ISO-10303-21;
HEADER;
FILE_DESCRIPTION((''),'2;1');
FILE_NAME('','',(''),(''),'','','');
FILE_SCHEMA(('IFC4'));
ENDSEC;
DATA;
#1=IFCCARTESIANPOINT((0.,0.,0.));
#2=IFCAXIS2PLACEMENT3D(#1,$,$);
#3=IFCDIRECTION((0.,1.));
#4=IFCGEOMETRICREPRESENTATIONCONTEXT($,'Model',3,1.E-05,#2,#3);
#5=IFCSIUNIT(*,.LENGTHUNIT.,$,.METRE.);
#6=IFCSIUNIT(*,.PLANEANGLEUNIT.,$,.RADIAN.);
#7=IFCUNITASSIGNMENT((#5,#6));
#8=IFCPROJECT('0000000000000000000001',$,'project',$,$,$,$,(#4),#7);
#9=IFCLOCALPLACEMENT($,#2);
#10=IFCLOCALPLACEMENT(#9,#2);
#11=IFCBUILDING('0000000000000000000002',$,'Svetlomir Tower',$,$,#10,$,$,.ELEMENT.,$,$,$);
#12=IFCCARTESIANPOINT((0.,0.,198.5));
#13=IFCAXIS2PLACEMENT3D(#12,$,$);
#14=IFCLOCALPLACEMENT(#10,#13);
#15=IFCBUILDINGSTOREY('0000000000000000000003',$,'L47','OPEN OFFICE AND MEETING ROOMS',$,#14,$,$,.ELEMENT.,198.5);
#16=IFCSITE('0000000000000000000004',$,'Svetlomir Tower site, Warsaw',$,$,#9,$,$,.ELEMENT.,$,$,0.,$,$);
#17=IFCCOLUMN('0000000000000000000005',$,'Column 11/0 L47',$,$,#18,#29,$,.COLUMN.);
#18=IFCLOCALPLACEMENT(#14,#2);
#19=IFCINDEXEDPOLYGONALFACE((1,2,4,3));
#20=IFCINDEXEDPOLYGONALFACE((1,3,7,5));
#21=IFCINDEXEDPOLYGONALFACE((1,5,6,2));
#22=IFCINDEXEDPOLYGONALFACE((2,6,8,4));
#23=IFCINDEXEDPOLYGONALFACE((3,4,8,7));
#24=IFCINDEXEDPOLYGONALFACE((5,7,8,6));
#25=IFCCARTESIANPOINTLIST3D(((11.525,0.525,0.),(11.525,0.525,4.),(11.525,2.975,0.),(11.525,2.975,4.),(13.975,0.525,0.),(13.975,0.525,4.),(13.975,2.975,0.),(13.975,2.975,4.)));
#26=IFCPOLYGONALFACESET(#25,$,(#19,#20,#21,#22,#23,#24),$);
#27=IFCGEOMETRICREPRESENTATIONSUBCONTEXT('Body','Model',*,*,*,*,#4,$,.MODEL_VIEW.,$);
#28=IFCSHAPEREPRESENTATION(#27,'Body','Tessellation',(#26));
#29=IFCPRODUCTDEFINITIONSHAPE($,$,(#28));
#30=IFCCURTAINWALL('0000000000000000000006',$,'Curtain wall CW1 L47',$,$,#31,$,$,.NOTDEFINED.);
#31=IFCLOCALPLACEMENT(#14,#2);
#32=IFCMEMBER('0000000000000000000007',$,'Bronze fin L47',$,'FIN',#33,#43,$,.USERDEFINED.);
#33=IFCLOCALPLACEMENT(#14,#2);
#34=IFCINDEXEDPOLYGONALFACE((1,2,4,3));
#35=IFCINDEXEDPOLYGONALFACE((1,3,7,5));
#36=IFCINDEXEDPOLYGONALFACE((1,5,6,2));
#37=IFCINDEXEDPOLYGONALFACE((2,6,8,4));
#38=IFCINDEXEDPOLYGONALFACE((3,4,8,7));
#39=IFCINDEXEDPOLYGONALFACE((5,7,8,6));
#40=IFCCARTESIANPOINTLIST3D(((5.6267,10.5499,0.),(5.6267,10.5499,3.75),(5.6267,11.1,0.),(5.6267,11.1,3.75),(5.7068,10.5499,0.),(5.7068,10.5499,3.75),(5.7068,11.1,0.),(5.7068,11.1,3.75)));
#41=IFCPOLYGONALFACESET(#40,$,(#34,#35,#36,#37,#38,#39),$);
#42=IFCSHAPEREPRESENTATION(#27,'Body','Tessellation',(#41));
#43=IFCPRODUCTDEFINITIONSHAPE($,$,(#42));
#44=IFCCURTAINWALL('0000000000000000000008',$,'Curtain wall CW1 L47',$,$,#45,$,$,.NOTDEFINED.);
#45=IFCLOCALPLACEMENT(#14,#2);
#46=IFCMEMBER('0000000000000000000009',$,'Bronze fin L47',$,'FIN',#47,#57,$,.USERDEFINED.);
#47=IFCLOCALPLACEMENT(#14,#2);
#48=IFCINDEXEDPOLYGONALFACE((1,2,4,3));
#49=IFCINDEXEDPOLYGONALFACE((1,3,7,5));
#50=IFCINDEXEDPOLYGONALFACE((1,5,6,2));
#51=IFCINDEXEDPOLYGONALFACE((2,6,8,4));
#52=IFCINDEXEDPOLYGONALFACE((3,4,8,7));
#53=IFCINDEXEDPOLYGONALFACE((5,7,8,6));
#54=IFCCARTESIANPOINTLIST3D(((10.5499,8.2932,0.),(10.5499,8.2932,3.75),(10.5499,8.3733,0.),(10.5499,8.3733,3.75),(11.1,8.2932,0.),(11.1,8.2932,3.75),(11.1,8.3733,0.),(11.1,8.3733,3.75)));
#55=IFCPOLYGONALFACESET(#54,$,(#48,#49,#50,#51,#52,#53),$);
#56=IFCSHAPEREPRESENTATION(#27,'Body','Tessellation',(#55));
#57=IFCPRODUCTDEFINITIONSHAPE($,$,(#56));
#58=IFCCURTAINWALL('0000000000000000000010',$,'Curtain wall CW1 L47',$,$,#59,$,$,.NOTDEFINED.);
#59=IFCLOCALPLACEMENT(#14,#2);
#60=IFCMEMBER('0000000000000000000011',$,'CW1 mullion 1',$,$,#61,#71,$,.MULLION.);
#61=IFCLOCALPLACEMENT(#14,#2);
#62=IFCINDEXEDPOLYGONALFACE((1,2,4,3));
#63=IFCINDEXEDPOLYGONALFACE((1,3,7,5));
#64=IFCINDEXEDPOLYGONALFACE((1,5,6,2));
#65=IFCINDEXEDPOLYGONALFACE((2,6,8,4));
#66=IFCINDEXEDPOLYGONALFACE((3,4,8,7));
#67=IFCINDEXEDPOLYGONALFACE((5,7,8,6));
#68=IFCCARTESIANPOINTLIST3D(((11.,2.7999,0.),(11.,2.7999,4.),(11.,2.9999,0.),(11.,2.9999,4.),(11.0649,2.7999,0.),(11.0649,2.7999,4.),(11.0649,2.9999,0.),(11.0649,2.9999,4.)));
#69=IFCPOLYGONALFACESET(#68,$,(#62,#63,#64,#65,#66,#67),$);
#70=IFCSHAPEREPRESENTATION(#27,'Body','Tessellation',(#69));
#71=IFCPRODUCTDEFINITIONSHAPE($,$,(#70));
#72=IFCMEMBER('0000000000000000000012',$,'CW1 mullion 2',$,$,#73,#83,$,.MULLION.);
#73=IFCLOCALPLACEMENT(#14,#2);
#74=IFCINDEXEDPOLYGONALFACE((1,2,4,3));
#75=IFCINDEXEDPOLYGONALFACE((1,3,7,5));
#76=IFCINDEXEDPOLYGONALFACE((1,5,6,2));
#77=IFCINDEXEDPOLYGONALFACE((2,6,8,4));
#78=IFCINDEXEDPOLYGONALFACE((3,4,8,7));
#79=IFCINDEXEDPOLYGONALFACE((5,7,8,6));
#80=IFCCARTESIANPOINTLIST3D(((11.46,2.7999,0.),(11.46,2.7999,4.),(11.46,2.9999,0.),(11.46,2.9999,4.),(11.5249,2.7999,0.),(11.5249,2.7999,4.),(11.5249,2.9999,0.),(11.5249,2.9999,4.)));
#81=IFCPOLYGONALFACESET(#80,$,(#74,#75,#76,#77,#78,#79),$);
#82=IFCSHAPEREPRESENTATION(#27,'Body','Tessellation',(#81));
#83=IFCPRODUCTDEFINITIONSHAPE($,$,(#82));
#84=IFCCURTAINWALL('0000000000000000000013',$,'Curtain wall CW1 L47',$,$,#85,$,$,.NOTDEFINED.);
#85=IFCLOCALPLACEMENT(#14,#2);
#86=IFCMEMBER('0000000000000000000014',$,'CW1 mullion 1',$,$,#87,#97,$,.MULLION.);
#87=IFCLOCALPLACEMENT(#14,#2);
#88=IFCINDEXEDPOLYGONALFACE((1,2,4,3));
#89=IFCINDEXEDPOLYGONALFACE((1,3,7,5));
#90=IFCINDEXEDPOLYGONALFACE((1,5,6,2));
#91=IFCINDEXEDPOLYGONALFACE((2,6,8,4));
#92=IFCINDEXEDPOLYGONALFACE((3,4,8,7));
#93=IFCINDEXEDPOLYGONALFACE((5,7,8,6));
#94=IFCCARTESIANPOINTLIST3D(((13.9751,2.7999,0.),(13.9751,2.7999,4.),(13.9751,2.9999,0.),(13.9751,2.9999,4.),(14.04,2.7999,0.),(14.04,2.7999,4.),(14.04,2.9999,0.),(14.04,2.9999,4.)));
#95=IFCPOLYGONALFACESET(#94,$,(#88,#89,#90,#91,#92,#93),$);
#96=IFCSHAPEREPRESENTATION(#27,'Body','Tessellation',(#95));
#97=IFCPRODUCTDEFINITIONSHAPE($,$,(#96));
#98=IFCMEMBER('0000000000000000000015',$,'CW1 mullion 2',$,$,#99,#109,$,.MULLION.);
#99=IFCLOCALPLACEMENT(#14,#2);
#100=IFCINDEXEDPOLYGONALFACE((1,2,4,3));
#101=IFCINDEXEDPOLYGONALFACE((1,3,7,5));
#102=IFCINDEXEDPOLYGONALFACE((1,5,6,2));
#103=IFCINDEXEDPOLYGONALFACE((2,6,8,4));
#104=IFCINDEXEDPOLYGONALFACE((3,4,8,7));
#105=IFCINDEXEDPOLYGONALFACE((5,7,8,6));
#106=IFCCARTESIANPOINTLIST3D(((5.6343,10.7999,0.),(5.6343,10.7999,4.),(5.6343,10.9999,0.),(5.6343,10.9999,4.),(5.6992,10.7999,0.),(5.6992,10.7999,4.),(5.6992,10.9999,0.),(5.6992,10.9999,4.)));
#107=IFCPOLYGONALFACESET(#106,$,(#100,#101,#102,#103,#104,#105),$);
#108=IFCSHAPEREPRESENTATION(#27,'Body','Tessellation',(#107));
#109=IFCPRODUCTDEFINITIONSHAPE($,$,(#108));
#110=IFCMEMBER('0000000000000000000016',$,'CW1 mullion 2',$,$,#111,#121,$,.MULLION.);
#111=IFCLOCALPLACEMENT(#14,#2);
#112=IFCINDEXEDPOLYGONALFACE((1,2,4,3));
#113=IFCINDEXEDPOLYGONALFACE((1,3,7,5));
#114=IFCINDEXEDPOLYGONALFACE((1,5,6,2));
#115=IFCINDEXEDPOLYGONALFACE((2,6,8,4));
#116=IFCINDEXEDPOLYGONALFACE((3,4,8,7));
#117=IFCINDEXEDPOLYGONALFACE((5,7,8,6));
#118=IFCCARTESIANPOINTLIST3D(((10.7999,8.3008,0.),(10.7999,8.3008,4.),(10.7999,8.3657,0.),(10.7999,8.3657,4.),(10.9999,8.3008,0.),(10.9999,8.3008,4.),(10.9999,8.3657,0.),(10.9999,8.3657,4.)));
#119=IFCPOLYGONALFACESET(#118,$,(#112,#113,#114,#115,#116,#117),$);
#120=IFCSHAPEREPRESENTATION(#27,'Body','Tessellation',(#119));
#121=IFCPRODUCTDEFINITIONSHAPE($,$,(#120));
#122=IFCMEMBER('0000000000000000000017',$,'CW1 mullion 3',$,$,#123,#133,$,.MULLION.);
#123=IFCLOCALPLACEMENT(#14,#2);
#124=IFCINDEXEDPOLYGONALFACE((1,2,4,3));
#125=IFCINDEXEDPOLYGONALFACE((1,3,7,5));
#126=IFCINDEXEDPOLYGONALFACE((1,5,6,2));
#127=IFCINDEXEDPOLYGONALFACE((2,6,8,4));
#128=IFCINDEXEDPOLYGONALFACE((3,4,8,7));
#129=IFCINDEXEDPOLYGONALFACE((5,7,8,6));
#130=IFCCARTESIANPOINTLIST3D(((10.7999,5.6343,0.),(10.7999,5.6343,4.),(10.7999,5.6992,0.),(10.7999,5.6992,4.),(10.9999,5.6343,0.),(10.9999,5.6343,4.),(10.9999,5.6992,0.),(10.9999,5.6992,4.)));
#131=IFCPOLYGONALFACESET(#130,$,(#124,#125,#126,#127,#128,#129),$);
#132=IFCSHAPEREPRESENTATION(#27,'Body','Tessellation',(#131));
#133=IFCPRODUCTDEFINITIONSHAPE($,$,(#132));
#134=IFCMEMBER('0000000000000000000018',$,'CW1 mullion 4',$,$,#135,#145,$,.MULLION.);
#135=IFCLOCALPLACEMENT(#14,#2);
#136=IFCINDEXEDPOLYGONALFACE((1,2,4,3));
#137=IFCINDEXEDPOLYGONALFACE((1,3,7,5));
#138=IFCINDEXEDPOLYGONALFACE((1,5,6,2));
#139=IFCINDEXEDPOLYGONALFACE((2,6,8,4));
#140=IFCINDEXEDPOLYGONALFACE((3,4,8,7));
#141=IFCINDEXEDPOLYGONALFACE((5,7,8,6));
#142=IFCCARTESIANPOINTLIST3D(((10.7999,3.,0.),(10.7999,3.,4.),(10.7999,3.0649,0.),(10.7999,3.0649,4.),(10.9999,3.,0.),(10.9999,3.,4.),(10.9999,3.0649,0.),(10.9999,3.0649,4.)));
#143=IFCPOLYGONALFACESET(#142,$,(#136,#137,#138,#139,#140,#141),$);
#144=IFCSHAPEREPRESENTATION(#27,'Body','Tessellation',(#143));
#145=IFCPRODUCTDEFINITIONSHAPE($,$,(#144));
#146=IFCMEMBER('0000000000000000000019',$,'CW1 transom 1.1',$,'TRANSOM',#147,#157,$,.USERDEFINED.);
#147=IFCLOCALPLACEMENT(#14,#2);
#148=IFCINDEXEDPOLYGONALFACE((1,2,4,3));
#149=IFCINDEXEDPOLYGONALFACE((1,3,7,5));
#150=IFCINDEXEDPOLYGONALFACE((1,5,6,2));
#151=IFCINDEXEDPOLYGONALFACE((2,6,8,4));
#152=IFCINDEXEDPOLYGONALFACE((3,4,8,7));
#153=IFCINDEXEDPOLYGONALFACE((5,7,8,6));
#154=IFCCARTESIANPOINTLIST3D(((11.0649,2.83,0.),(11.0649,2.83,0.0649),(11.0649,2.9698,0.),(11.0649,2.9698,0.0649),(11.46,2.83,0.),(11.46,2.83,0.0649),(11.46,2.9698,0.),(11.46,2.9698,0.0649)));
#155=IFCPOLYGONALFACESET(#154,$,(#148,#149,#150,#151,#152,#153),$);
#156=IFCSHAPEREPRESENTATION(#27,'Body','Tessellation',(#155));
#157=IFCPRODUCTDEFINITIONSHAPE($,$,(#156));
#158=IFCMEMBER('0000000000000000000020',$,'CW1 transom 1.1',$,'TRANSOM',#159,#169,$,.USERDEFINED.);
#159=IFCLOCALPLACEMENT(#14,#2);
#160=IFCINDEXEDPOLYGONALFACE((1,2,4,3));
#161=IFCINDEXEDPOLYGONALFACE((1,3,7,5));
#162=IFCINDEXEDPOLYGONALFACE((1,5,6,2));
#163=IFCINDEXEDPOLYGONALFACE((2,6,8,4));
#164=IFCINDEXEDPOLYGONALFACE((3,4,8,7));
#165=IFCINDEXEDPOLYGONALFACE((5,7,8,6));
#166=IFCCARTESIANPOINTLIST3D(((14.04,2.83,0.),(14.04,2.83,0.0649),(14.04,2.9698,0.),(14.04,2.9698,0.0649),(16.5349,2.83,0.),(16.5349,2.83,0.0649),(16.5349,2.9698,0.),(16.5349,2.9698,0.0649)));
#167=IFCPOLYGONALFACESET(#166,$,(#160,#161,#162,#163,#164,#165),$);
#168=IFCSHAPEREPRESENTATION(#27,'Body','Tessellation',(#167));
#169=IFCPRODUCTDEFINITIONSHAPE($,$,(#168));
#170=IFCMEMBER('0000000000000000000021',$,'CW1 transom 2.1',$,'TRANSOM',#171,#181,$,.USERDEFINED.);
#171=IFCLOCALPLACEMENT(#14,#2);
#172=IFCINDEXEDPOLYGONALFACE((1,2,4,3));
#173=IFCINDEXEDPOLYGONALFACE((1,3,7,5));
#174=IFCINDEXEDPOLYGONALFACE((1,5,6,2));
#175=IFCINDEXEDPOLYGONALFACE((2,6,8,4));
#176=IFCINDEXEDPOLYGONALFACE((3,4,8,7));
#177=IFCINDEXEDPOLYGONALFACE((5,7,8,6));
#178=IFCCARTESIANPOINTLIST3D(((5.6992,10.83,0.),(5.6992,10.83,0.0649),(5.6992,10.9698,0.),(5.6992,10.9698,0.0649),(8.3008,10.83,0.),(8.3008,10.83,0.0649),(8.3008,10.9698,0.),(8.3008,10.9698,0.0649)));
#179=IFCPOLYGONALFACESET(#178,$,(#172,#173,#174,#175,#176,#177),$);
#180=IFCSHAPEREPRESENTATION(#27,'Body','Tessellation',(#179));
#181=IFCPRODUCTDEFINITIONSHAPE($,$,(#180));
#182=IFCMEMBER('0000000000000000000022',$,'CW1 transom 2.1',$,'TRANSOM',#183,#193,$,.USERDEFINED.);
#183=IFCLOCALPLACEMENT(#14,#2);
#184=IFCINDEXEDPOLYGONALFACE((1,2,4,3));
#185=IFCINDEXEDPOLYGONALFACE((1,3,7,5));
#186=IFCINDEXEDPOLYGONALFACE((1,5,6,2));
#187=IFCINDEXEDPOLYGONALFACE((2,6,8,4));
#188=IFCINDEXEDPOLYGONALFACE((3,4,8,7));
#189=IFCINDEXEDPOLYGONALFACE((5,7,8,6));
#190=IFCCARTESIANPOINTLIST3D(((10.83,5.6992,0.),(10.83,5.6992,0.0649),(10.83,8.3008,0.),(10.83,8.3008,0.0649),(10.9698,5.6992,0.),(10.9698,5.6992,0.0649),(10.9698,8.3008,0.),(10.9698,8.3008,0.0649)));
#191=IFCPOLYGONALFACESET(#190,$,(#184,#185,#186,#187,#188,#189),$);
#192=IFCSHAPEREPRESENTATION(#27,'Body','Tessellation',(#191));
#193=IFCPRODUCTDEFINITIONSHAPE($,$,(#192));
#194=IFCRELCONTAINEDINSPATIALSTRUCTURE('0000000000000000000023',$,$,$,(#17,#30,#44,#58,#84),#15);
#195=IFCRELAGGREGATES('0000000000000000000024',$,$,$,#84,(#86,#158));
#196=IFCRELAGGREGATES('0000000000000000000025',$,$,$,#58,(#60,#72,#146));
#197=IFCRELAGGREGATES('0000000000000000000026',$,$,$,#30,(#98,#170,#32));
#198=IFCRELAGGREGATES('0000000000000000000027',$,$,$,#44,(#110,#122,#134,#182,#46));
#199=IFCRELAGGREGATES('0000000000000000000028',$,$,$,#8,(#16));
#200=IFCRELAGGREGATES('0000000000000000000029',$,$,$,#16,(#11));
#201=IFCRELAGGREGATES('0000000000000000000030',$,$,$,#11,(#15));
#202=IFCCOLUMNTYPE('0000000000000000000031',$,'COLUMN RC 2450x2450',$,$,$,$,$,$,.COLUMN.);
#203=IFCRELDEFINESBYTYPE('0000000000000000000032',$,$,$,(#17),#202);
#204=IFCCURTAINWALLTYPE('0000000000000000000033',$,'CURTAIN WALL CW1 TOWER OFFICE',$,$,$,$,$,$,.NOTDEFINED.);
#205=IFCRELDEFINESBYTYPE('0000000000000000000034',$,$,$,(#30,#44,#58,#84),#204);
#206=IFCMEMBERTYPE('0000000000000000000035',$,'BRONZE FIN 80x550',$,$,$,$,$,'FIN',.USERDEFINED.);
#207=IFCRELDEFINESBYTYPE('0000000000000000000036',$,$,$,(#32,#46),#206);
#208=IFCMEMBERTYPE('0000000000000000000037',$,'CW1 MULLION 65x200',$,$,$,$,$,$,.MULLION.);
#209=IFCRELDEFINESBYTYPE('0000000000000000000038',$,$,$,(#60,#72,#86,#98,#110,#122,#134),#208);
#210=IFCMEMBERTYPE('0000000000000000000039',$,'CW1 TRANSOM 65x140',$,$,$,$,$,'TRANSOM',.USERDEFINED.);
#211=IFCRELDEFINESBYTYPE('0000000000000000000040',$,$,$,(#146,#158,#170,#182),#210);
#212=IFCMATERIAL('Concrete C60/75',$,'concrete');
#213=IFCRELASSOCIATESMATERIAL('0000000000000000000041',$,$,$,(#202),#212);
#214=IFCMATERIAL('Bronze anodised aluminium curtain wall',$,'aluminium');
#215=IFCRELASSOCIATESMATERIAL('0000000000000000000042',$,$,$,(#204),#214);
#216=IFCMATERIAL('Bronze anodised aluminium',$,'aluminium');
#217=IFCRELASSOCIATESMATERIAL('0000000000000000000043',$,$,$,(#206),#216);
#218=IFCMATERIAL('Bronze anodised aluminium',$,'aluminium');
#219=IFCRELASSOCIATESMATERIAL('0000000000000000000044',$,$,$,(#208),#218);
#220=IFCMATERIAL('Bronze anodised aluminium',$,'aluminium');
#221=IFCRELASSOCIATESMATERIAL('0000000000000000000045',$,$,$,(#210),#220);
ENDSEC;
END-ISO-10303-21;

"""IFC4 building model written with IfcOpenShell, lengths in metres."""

from ifc_helpers import new_model, si_unit, direction, frame, origin, origin_2d, place, context, subcontext, project, spatial, rectangle, extrude, material, material_profile, profile_set, type_object, element, aggregate, save


model = new_model("IFC4")

# Units and contexts
model_context = context("Model", 3, precision=1e-05, world=origin(), true_north=direction((0.0, 1.0)))
body_context = subcontext(model_context, "Body", "Model", "MODEL_VIEW")
ifc_project = project(units=[si_unit("LENGTHUNIT", "METRE"), si_unit("PLANEANGLEUNIT", "RADIAN")], contexts=[model_context])

# Site, building, storey
site_placement = place(None, origin())
site = spatial("IfcSite", under=ifc_project, at=site_placement, Name="Svetlomir Tower site, Warsaw", CompositionType="ELEMENT", RefElevation=0.0)
building_placement = place(site_placement, origin())
building = spatial("IfcBuilding", under=site, at=building_placement, Name="Svetlomir Tower", CompositionType="ELEMENT")
storey_placement = place(building_placement, frame((0.0, 0.0, 198.5)))
storey = spatial("IfcBuildingStorey", under=building, at=storey_placement, Name="L47", Description="OPEN OFFICE AND MEETING ROOMS", CompositionType="ELEMENT", Elevation=198.5)

# Column
ifc_material_1 = material(Name="Concrete C60/75", Category="concrete")
ifc_material_profile_1 = material_profile(ifc_material_1, rectangle(XDim=2.45, YDim=2.45, at=origin_2d()), Name="RC 2450x2450")
ifc_profile_set_1 = profile_set([ifc_material_profile_1], Name="Concrete C60/75")
column_type = type_object("IfcColumnType", Name="COLUMN RC 2450x2450", PredefinedType="COLUMN", material=ifc_profile_set_1)
column_placement = place(storey_placement, frame((12.75, 1.75, 0.0), z_axis=(0.0, 0.0, 1.0), x_axis=(1.0, 0.0, 0.0)))
element("IfcColumn", 1, at=column_placement, inside=storey, type_object=column_type, Name="Column 11/0 L47", PredefinedType="COLUMN", context=body_context, shape_type="SweptSolid", body=[
    extrude(rectangle(XDim=2.45, YDim=2.45, at=origin_2d()), origin(), (0.0, 0.0, 1.0), 4.0),
])

# Curtain walls, members
ifc_material_2 = material(Name="Bronze anodised aluminium curtain wall", Category="aluminium")
curtain_wall_type = type_object("IfcCurtainWallType", Name="CURTAIN WALL CW1 TOWER OFFICE", PredefinedType="NOTDEFINED", material=ifc_material_2)
curtain_wall_1_placement = place(storey_placement, origin())
curtain_wall_1 = element("IfcCurtainWall", 2, at=curtain_wall_1_placement, inside=storey, type_object=curtain_wall_type, Name="Curtain wall CW1 L47", PredefinedType="NOTDEFINED")
ifc_material_3 = material(Name="Bronze anodised aluminium", Category="aluminium")
ifc_material_profile_2 = material_profile(ifc_material_3, rectangle(XDim=0.0801, YDim=0.55, at=origin_2d()), Name="FIN 80x550")
ifc_profile_set_2 = profile_set([ifc_material_profile_2], Name="Bronze anodised aluminium 6063-T6")
member_type_1 = type_object("IfcMemberType", Name="BRONZE FIN 80x550", ElementType="FIN", PredefinedType="USERDEFINED", material=ifc_profile_set_2)
member_1_placement = place(storey_placement, frame((5.6667, 10.825, 0.0), z_axis=(0.0, 0.0, 1.0), x_axis=(1.0, 0.0, 0.0)))
member_1 = element("IfcMember", 3, at=member_1_placement, type_object=member_type_1, Name="Bronze fin L47", ObjectType="FIN", PredefinedType="USERDEFINED", context=body_context, shape_type="SweptSolid", body=[
    extrude(rectangle(XDim=0.0801, YDim=0.55, at=origin_2d()), origin(), (0.0, 0.0, 1.0), 3.75),
])
curtain_wall_2_placement = place(storey_placement, origin())
curtain_wall_2 = element("IfcCurtainWall", 4, at=curtain_wall_2_placement, inside=storey, type_object=curtain_wall_type, Name="Curtain wall CW1 L47", PredefinedType="NOTDEFINED")
member_2_placement = place(storey_placement, frame((10.825, 8.3333, 0.0), z_axis=(0.0, 0.0, 1.0), x_axis=(0.0, 1.0, 0.0)))
member_2 = element("IfcMember", 5, at=member_2_placement, type_object=member_type_1, Name="Bronze fin L47", ObjectType="FIN", PredefinedType="USERDEFINED", context=body_context, shape_type="SweptSolid", body=[
    extrude(rectangle(XDim=0.0801, YDim=0.55, at=origin_2d()), origin(), (0.0, 0.0, 1.0), 3.75),
])

# Curtain wall, members
curtain_wall_3_placement = place(storey_placement, origin())
curtain_wall_3 = element("IfcCurtainWall", 6, at=curtain_wall_3_placement, inside=storey, type_object=curtain_wall_type, Name="Curtain wall CW1 L47", PredefinedType="NOTDEFINED")
ifc_material_4 = material(Name="Bronze anodised aluminium", Category="aluminium")
ifc_material_profile_3 = material_profile(ifc_material_4, rectangle(XDim=0.0649, YDim=0.2, at=origin_2d()), Name="AL 65x200")
ifc_profile_set_3 = profile_set([ifc_material_profile_3], Name="Bronze anodised aluminium 6063-T6")
member_type_2 = type_object("IfcMemberType", Name="CW1 MULLION 65x200", PredefinedType="MULLION", material=ifc_profile_set_3)
member_3_placement = place(storey_placement, frame((11.0325, 2.8999, 0.0), z_axis=(0.0, 0.0, 1.0), x_axis=(1.0, 0.0, 0.0)))
member_3 = element("IfcMember", 7, at=member_3_placement, type_object=member_type_2, Name="CW1 mullion 1", PredefinedType="MULLION", context=body_context, shape_type="SweptSolid", body=[
    extrude(rectangle(XDim=0.0649, YDim=0.2, at=origin_2d()), origin(), (0.0, 0.0, 1.0), 4.0),
])
member_4_placement = place(storey_placement, frame((11.4924, 2.8999, 0.0), z_axis=(0.0, 0.0, 1.0), x_axis=(1.0, 0.0, 0.0)))
member_4 = element("IfcMember", 8, at=member_4_placement, type_object=member_type_2, Name="CW1 mullion 2", PredefinedType="MULLION", context=body_context, shape_type="SweptSolid", body=[
    extrude(rectangle(XDim=0.0649, YDim=0.2, at=origin_2d()), origin(), (0.0, 0.0, 1.0), 4.0),
])

# Curtain wall, member
curtain_wall_4_placement = place(storey_placement, origin())
curtain_wall_4 = element("IfcCurtainWall", 9, at=curtain_wall_4_placement, inside=storey, type_object=curtain_wall_type, Name="Curtain wall CW1 L47", PredefinedType="NOTDEFINED")
member_5_placement = place(storey_placement, frame((14.0076, 2.8999, 0.0), z_axis=(0.0, 0.0, 1.0), x_axis=(1.0, 0.0, 0.0)))
member_5 = element("IfcMember", 10, at=member_5_placement, type_object=member_type_2, Name="CW1 mullion 1", PredefinedType="MULLION", context=body_context, shape_type="SweptSolid", body=[
    extrude(rectangle(XDim=0.0649, YDim=0.2, at=origin_2d()), origin(), (0.0, 0.0, 1.0), 4.0),
])

# Members
member_6_placement = place(storey_placement, frame((5.6667, 10.8999, 0.0), z_axis=(0.0, 0.0, 1.0), x_axis=(1.0, 0.0, 0.0)))
member_6 = element("IfcMember", 11, at=member_6_placement, type_object=member_type_2, Name="CW1 mullion 2", PredefinedType="MULLION", context=body_context, shape_type="SweptSolid", body=[
    extrude(rectangle(XDim=0.0649, YDim=0.2, at=origin_2d()), origin(), (0.0, 0.0, 1.0), 4.0),
])
member_7_placement = place(storey_placement, frame((10.8999, 8.3333, 0.0), z_axis=(0.0, 0.0, 1.0), x_axis=(0.0, -1.0, 0.0)))
member_7 = element("IfcMember", 12, at=member_7_placement, type_object=member_type_2, Name="CW1 mullion 2", PredefinedType="MULLION", context=body_context, shape_type="SweptSolid", body=[
    extrude(rectangle(XDim=0.0649, YDim=0.2, at=origin_2d()), origin(), (0.0, 0.0, 1.0), 4.0),
])
member_8_placement = place(storey_placement, frame((10.8999, 5.6667, 0.0), z_axis=(0.0, 0.0, 1.0), x_axis=(0.0, -1.0, 0.0)))
member_8 = element("IfcMember", 13, at=member_8_placement, type_object=member_type_2, Name="CW1 mullion 3", PredefinedType="MULLION", context=body_context, shape_type="SweptSolid", body=[
    extrude(rectangle(XDim=0.0649, YDim=0.2, at=origin_2d()), origin(), (0.0, 0.0, 1.0), 4.0),
])
member_9_placement = place(storey_placement, frame((10.8999, 3.0325, 0.0), z_axis=(0.0, 0.0, 1.0), x_axis=(0.0, -1.0, 0.0)))
member_9 = element("IfcMember", 14, at=member_9_placement, type_object=member_type_2, Name="CW1 mullion 4", PredefinedType="MULLION", context=body_context, shape_type="SweptSolid", body=[
    extrude(rectangle(XDim=0.0649, YDim=0.2, at=origin_2d()), origin(), (0.0, 0.0, 1.0), 4.0),
])
ifc_material_5 = material(Name="Bronze anodised aluminium", Category="aluminium")
ifc_material_profile_4 = material_profile(ifc_material_5, rectangle(XDim=0.1399, YDim=0.0649, at=origin_2d()), Name="AL 140x65")
ifc_profile_set_4 = profile_set([ifc_material_profile_4], Name="Bronze anodised aluminium 6063-T6")
member_type_3 = type_object("IfcMemberType", Name="CW1 TRANSOM 65x140", ElementType="TRANSOM", PredefinedType="USERDEFINED", material=ifc_profile_set_4)
member_10_placement = place(storey_placement, frame((11.0649, 2.8999, 0.0325), z_axis=(1.0, 0.0, 0.0), x_axis=(0.0, 1.0, 0.0)))
member_10 = element("IfcMember", 15, at=member_10_placement, type_object=member_type_3, Name="CW1 transom 1.1", ObjectType="TRANSOM", PredefinedType="USERDEFINED", context=body_context, shape_type="SweptSolid", body=[
    extrude(rectangle(XDim=0.1399, YDim=0.0649, at=origin_2d()), origin(), (0.0, 0.0, 1.0), 0.395),
])
member_11_placement = place(storey_placement, frame((14.04, 2.8999, 0.0325), z_axis=(1.0, 0.0, 0.0), x_axis=(0.0, 1.0, 0.0)))
member_11 = element("IfcMember", 16, at=member_11_placement, type_object=member_type_3, Name="CW1 transom 1.1", ObjectType="TRANSOM", PredefinedType="USERDEFINED", context=body_context, shape_type="SweptSolid", body=[
    extrude(rectangle(XDim=0.1399, YDim=0.0649, at=origin_2d()), origin(), (0.0, 0.0, 1.0), 2.4949),
])
aggregate(curtain_wall_4, [member_5, member_11])
member_12_placement = place(storey_placement, frame((5.6992, 10.8999, 0.0325), z_axis=(1.0, 0.0, 0.0), x_axis=(0.0, 1.0, 0.0)))
member_12 = element("IfcMember", 17, at=member_12_placement, type_object=member_type_3, Name="CW1 transom 2.1", ObjectType="TRANSOM", PredefinedType="USERDEFINED", context=body_context, shape_type="SweptSolid", body=[
    extrude(rectangle(XDim=0.1399, YDim=0.0649, at=origin_2d()), origin(), (0.0, 0.0, 1.0), 2.6016),
])
member_13_placement = place(storey_placement, frame((10.8999, 8.3008, 0.0325), z_axis=(0.0, -1.0, 0.0), x_axis=(1.0, 0.0, 0.0)))
member_13 = element("IfcMember", 18, at=member_13_placement, type_object=member_type_3, Name="CW1 transom 2.1", ObjectType="TRANSOM", PredefinedType="USERDEFINED", context=body_context, shape_type="SweptSolid", body=[
    extrude(rectangle(XDim=0.1399, YDim=0.0649, at=origin_2d()), origin(), (0.0, 0.0, 1.0), 2.6016),
])

aggregate(curtain_wall_3, [member_3, member_4, member_10])
aggregate(curtain_wall_1, [member_6, member_12, member_1])
aggregate(curtain_wall_2, [member_7, member_8, member_9, member_13, member_2])

save(model, "model.ifc")
